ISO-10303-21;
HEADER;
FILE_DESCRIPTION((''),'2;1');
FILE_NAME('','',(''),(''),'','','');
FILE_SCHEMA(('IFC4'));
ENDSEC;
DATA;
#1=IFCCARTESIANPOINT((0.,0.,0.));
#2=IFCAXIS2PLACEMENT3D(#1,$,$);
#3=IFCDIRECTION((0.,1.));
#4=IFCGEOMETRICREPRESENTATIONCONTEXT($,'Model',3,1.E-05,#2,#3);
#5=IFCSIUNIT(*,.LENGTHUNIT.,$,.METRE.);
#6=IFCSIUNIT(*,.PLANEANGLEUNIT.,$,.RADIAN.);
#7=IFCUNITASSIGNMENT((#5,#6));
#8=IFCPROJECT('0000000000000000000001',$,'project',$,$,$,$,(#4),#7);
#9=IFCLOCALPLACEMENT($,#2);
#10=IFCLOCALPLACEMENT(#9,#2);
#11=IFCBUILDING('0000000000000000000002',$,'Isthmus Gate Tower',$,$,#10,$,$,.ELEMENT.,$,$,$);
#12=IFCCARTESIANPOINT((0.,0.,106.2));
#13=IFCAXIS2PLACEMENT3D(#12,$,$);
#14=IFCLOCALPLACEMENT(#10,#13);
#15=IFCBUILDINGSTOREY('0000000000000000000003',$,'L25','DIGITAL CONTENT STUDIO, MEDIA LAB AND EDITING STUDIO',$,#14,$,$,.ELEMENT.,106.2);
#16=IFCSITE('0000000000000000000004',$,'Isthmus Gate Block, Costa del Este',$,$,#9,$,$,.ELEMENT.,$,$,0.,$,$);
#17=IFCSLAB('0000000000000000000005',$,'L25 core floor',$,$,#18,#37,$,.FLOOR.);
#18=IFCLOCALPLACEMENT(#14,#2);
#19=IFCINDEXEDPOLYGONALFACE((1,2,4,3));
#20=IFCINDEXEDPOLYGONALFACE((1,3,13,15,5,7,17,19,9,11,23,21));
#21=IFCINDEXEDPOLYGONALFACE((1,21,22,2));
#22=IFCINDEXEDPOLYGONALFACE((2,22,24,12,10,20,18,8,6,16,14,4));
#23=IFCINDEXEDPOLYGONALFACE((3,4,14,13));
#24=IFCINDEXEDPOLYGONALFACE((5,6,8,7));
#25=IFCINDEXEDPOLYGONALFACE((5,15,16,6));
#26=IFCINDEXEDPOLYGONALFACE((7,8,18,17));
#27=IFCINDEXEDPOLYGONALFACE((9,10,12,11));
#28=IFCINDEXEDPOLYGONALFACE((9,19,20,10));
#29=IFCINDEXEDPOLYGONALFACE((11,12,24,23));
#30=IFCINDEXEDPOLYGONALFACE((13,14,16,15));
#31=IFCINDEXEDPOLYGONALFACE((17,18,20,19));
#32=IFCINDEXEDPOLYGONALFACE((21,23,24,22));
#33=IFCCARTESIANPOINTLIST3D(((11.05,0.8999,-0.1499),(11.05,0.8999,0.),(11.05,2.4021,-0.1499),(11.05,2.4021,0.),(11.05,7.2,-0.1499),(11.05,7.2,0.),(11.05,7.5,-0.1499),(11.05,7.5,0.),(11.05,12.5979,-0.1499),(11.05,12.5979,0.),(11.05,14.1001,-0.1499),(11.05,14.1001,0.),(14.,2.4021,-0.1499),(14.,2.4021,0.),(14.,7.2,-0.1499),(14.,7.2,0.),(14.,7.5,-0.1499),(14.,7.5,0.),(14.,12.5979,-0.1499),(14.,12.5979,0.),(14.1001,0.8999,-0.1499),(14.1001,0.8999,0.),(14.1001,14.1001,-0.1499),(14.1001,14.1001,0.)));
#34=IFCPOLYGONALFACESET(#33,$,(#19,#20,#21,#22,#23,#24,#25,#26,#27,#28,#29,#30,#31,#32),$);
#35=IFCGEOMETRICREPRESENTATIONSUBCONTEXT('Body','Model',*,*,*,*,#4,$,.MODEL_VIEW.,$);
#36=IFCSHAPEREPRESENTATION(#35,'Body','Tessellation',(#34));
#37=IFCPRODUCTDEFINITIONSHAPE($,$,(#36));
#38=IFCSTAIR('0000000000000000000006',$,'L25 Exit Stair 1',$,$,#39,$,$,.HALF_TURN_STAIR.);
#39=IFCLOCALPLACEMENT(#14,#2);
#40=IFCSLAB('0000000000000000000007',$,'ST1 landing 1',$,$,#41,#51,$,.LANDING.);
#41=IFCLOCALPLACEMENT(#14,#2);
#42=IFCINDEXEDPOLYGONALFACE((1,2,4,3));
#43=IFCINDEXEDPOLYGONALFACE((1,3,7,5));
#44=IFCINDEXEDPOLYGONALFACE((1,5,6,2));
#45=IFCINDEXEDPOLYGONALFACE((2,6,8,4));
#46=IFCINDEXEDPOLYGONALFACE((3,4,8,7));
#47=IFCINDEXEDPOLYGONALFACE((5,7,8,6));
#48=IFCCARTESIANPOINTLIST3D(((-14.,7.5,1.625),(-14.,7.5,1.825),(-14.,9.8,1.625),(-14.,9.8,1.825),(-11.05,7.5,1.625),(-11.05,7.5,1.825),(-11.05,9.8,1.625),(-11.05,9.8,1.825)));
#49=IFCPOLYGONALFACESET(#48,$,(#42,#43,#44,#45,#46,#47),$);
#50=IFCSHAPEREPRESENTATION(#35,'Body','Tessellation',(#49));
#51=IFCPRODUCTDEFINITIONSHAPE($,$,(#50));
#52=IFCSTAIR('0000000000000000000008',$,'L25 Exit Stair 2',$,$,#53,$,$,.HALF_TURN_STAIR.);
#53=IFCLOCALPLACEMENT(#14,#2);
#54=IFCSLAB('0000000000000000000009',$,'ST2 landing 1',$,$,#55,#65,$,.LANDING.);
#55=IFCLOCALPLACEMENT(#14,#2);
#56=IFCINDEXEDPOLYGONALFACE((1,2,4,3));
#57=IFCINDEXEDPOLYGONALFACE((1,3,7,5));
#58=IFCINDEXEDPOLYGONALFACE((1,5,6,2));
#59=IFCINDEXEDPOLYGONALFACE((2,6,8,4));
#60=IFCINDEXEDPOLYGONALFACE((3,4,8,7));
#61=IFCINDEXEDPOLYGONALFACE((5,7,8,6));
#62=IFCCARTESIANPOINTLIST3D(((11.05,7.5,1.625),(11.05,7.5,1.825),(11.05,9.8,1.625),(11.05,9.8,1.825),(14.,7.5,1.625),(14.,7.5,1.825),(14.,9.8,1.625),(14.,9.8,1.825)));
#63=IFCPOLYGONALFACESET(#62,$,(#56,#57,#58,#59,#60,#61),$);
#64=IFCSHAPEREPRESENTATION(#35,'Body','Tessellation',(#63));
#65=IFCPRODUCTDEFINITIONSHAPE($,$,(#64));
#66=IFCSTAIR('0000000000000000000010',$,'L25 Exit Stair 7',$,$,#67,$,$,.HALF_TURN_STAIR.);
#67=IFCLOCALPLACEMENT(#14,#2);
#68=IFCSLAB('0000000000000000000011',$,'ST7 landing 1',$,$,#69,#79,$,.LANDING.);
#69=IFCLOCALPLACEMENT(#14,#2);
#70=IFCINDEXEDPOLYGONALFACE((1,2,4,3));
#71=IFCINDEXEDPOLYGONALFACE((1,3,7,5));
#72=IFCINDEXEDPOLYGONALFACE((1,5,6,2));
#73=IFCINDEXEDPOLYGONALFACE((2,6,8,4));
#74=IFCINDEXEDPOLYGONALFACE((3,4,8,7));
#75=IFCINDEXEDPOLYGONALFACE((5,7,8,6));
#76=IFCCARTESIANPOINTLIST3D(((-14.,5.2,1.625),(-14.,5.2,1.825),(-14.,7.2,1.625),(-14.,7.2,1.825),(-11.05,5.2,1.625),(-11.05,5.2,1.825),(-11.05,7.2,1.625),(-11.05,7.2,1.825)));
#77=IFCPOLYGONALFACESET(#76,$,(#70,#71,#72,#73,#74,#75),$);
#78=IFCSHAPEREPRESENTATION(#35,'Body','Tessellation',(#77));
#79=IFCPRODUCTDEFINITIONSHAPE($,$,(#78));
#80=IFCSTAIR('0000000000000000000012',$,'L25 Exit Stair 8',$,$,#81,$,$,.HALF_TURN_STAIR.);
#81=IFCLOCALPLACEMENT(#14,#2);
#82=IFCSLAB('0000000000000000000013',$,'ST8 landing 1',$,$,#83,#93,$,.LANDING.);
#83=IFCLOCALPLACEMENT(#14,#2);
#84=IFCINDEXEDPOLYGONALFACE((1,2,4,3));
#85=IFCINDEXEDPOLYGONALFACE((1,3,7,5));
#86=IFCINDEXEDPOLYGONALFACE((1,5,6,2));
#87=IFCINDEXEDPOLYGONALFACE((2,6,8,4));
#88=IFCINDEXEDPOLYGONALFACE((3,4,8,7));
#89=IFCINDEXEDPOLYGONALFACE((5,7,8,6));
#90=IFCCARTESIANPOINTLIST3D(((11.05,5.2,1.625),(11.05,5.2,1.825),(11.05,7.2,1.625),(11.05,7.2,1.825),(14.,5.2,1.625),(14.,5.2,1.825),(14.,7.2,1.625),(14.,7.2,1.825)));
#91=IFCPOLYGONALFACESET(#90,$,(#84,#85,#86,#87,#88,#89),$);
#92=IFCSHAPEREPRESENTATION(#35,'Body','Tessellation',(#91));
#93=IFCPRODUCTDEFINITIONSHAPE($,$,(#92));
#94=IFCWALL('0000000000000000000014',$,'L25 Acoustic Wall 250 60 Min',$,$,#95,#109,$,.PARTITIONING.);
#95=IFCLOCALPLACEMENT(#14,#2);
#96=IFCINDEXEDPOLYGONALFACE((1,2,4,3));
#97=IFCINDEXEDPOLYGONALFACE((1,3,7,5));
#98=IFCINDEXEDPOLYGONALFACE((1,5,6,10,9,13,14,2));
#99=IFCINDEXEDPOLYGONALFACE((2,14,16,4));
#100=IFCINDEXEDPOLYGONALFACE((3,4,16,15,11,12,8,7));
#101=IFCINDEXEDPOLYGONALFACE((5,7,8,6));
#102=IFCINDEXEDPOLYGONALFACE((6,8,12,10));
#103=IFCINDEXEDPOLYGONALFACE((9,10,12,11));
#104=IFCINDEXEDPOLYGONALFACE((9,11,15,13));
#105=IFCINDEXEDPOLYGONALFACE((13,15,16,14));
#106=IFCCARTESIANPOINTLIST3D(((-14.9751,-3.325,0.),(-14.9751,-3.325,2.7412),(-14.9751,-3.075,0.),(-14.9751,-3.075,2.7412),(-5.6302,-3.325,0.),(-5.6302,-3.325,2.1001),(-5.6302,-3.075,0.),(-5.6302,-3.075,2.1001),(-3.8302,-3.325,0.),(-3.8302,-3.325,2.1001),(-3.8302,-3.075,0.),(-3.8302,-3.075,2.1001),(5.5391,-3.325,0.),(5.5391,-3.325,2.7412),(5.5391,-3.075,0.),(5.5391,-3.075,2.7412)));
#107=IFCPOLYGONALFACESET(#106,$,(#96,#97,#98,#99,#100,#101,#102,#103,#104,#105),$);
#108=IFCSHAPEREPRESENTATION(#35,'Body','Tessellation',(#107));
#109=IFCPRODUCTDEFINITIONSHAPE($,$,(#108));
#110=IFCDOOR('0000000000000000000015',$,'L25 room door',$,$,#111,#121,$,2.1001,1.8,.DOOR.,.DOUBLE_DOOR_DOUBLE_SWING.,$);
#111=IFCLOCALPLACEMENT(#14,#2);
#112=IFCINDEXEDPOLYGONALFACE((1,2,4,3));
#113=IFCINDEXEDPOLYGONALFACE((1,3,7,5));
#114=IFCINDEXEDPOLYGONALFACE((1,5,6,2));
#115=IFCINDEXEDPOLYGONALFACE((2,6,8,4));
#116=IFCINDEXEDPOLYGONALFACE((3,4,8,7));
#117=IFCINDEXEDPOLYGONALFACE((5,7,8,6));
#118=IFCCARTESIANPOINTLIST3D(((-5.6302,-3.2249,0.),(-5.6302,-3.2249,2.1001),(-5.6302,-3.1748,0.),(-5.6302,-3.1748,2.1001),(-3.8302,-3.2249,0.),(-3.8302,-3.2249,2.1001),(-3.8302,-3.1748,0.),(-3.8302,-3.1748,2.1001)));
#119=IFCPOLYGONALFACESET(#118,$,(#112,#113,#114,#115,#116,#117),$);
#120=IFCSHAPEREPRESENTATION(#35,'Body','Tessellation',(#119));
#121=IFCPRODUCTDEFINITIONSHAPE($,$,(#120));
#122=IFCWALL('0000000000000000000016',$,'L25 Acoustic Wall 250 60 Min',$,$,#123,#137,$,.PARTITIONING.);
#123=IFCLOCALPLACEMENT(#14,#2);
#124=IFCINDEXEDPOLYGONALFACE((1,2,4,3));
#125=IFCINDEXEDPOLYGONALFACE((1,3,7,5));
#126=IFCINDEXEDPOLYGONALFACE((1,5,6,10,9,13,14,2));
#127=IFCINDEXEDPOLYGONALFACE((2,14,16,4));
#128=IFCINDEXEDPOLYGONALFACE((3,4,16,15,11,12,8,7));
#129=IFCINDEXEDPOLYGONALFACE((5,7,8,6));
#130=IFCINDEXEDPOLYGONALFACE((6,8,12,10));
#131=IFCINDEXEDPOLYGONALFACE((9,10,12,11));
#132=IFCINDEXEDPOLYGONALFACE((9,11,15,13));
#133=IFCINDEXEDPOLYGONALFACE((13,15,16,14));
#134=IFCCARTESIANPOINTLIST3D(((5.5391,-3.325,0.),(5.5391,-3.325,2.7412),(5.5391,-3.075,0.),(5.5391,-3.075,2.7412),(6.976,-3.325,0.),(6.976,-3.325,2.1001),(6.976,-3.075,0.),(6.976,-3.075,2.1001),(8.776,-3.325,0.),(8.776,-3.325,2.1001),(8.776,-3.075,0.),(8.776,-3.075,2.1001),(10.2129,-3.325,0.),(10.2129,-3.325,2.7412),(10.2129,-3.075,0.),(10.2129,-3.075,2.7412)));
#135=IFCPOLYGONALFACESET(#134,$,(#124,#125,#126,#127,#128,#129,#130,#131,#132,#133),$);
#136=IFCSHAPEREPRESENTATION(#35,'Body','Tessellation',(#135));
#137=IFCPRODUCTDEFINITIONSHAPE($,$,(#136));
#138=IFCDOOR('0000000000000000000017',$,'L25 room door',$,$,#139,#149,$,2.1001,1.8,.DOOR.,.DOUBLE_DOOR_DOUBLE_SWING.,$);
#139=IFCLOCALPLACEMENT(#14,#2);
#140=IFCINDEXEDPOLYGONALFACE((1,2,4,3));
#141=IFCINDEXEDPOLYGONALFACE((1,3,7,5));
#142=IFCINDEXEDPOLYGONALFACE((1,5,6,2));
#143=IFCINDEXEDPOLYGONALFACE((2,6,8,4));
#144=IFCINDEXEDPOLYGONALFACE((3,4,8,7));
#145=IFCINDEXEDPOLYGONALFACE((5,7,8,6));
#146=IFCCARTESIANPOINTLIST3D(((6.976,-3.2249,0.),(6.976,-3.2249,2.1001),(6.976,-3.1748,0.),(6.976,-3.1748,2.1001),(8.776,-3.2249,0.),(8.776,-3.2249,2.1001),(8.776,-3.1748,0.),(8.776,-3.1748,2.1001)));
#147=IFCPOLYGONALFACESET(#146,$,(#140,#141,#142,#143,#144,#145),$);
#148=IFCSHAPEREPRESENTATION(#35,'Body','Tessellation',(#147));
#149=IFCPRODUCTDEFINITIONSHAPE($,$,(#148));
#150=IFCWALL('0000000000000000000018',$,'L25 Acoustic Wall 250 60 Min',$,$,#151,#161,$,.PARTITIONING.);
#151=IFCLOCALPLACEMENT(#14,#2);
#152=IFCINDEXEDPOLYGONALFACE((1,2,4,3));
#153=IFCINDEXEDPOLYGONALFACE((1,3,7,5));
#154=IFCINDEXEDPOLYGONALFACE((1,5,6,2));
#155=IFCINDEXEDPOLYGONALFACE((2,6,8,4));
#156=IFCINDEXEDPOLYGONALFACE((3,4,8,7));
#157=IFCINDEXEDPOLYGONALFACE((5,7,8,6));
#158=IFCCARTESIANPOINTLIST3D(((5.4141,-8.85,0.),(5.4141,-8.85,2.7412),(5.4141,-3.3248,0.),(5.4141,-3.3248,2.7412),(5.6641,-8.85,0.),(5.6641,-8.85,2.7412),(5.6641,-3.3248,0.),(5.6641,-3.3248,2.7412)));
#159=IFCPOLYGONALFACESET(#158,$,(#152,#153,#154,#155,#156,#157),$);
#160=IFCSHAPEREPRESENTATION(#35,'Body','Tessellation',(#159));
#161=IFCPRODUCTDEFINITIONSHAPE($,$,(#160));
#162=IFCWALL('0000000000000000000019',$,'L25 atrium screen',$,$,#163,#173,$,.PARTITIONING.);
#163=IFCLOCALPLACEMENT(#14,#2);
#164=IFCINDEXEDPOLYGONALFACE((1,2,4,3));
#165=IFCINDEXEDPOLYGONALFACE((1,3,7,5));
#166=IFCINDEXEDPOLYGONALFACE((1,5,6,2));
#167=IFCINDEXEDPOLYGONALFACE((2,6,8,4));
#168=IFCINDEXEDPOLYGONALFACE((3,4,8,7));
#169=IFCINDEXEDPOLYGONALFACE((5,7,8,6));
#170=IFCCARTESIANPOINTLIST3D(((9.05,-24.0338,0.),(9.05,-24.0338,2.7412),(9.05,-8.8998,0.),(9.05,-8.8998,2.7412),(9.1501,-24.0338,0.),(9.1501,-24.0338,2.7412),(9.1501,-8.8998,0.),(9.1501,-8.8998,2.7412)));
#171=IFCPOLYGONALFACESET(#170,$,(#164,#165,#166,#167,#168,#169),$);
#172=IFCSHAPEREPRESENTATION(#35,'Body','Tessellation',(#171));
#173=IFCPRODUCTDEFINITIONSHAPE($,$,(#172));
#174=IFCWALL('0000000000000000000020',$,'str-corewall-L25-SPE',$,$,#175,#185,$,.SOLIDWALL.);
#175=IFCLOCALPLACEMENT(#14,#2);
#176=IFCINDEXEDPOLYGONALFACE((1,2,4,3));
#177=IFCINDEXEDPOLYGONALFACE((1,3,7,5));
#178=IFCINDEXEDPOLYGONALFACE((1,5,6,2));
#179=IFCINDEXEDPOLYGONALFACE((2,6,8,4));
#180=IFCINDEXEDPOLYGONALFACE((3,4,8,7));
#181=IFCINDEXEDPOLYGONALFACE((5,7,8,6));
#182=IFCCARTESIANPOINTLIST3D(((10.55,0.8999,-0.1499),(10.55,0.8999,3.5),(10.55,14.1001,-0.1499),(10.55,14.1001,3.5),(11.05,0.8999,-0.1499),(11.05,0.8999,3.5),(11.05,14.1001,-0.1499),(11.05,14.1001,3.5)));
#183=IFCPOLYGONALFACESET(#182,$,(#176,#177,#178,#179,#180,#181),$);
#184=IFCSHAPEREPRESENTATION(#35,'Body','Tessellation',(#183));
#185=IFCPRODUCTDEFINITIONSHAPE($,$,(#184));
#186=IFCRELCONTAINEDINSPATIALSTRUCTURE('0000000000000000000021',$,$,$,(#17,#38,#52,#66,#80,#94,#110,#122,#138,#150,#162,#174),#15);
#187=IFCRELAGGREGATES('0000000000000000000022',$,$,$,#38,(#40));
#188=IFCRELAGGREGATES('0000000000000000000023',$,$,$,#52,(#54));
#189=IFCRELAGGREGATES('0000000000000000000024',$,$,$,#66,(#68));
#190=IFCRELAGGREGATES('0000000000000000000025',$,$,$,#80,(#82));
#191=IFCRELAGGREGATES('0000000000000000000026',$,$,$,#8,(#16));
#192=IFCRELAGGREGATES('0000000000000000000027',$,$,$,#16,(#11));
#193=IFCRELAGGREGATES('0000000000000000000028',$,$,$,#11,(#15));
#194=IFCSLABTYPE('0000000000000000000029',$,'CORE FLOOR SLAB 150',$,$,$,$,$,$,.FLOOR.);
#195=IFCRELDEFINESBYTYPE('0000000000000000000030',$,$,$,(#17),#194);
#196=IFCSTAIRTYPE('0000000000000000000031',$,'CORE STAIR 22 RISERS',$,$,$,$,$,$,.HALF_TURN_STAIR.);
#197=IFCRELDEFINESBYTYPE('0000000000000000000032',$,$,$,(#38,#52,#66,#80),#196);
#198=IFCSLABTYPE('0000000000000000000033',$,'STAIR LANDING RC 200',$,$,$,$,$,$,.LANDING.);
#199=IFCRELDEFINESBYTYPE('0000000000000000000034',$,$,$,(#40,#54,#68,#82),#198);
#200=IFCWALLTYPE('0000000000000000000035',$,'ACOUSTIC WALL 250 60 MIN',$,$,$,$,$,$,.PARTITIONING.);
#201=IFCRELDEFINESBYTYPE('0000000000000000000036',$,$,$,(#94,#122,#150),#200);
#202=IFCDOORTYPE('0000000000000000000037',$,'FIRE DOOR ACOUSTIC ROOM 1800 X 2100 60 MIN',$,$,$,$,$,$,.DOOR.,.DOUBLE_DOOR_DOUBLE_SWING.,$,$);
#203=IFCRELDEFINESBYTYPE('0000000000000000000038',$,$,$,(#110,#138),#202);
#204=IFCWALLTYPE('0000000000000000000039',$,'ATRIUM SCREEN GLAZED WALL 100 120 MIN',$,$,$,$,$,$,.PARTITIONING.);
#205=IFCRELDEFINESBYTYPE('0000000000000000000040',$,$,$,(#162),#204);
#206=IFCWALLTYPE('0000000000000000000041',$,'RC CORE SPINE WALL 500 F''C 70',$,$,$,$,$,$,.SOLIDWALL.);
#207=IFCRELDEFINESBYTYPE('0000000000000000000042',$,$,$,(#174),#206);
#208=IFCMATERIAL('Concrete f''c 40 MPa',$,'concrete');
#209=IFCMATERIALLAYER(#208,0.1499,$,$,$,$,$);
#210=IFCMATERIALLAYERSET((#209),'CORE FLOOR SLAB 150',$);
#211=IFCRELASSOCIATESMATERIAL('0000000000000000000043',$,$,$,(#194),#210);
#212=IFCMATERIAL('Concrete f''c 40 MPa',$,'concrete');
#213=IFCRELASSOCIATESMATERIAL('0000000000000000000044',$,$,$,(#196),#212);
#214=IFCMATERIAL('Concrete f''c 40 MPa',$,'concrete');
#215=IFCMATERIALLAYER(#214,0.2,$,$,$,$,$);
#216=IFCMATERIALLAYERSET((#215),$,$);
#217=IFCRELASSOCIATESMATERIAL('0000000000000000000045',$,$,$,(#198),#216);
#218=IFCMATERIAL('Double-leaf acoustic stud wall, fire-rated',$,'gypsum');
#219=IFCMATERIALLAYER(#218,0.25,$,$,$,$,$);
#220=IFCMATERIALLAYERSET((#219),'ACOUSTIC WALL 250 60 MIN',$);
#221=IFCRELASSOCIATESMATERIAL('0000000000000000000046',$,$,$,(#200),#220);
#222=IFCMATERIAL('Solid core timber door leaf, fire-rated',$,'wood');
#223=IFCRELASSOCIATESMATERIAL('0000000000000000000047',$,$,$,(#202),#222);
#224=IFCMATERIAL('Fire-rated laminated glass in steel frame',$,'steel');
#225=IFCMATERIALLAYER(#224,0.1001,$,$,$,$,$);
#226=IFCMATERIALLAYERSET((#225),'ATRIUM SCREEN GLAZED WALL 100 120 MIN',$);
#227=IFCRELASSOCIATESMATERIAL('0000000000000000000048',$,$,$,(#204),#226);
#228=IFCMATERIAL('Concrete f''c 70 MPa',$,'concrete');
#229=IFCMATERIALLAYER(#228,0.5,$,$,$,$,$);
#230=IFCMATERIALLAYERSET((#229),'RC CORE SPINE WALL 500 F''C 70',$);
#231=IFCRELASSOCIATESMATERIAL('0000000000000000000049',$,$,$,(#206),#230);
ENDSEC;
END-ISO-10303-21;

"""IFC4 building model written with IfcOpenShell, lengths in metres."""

from ifc_helpers import new_model, si_unit, direction, frame, frame_2d, origin, place, context, subcontext, project, spatial, polyline, rectangle, outline, extrude, material, layer, layer_set, type_object, element, fill, aggregate, save


model = new_model("IFC4")

# Units and contexts
model_context = context("Model", 3, precision=1e-05, world=origin(), true_north=direction((0.0, 1.0)))
body_context = subcontext(model_context, "Body", "Model", "MODEL_VIEW")
ifc_project = project(units=[si_unit("LENGTHUNIT", "METRE"), si_unit("PLANEANGLEUNIT", "RADIAN")], contexts=[model_context])

# Site, building, storey
site_placement = place(None, origin())
site = spatial("IfcSite", under=ifc_project, at=site_placement, Name="Isthmus Gate Block, Costa del Este", CompositionType="ELEMENT", RefElevation=0.0)
building_placement = place(site_placement, origin())
building = spatial("IfcBuilding", under=site, at=building_placement, Name="Isthmus Gate Tower", CompositionType="ELEMENT")
storey_placement = place(building_placement, frame((0.0, 0.0, 106.2)))
storey = spatial("IfcBuildingStorey", under=building, at=storey_placement, Name="L25", Description="DIGITAL CONTENT STUDIO, MEDIA LAB AND EDITING STUDIO", CompositionType="ELEMENT", Elevation=106.2)

# Slab
ifc_material_1 = material(Name="Concrete f'c 40 MPa", Category="concrete")
ifc_layer_1 = layer(ifc_material_1, 0.1499)
ifc_layer_set_1 = layer_set([ifc_layer_1], Name="CORE FLOOR SLAB 150")
slab_type_1 = type_object("IfcSlabType", Name="CORE FLOOR SLAB 150", PredefinedType="FLOOR", material=ifc_layer_set_1)
slab_1_placement = place(storey_placement, frame((0.0, 0.0, -0.1499)))
element("IfcSlab", 1, at=slab_1_placement, inside=storey, type_object=slab_type_1, Name="L25 core floor", PredefinedType="FLOOR", context=body_context, shape_type="SweptSolid", body=[
    extrude(outline(polyline([(11.05, 14.1001), (11.05, 12.5979), (14.0, 12.5979), (14.0, 7.5), (11.05, 7.5), (11.05, 7.2), (14.0, 7.2), (14.0, 2.4021), (11.05, 2.4021), (11.05, 0.8999), (14.1001, 0.8999), (14.1001, 14.1001), (11.05, 14.1001)])), origin(), (0.0, 0.0, 1.0), 0.1499),
])

# Stairs, slabs
ifc_material_2 = material(Name="Concrete f'c 40 MPa", Category="concrete")
stair_type = type_object("IfcStairType", Name="CORE STAIR 22 RISERS", PredefinedType="HALF_TURN_STAIR", material=ifc_material_2)
stair_1_placement = place(storey_placement, origin())
stair_1 = element("IfcStair", 2, at=stair_1_placement, inside=storey, type_object=stair_type, Name="L25 Exit Stair 1", PredefinedType="HALF_TURN_STAIR")
ifc_material_3 = material(Name="Concrete f'c 40 MPa", Category="concrete")
ifc_layer_2 = layer(ifc_material_3, 0.2)
ifc_layer_set_2 = layer_set([ifc_layer_2])
slab_type_2 = type_object("IfcSlabType", Name="STAIR LANDING RC 200", PredefinedType="LANDING", material=ifc_layer_set_2)
slab_2_placement = place(storey_placement, frame((0.0, 0.0, 1.625)))
slab_2 = element("IfcSlab", 3, at=slab_2_placement, type_object=slab_type_2, Name="ST1 landing 1", PredefinedType="LANDING", context=body_context, shape_type="SweptSolid", body=[
    extrude(outline(polyline([(-14.0, 9.8), (-14.0, 7.5), (-11.05, 7.5), (-11.05, 9.8), (-14.0, 9.8)])), origin(), (0.0, 0.0, 1.0), 0.2),
])
aggregate(stair_1, [slab_2])
stair_2_placement = place(storey_placement, origin())
stair_2 = element("IfcStair", 4, at=stair_2_placement, inside=storey, type_object=stair_type, Name="L25 Exit Stair 2", PredefinedType="HALF_TURN_STAIR")
slab_3_placement = place(storey_placement, frame((0.0, 0.0, 1.625)))
slab_3 = element("IfcSlab", 5, at=slab_3_placement, type_object=slab_type_2, Name="ST2 landing 1", PredefinedType="LANDING", context=body_context, shape_type="SweptSolid", body=[
    extrude(outline(polyline([(11.05, 9.8), (11.05, 7.5), (14.0, 7.5), (14.0, 9.8), (11.05, 9.8)])), origin(), (0.0, 0.0, 1.0), 0.2),
])
aggregate(stair_2, [slab_3])
stair_3_placement = place(storey_placement, origin())
stair_3 = element("IfcStair", 6, at=stair_3_placement, inside=storey, type_object=stair_type, Name="L25 Exit Stair 7", PredefinedType="HALF_TURN_STAIR")
slab_4_placement = place(storey_placement, frame((0.0, 0.0, 1.625)))
slab_4 = element("IfcSlab", 7, at=slab_4_placement, type_object=slab_type_2, Name="ST7 landing 1", PredefinedType="LANDING", context=body_context, shape_type="SweptSolid", body=[
    extrude(outline(polyline([(-11.05, 5.2), (-11.05, 7.2), (-14.0, 7.2), (-14.0, 5.2), (-11.05, 5.2)])), origin(), (0.0, 0.0, 1.0), 0.2),
])
aggregate(stair_3, [slab_4])
stair_4_placement = place(storey_placement, origin())
stair_4 = element("IfcStair", 8, at=stair_4_placement, inside=storey, type_object=stair_type, Name="L25 Exit Stair 8", PredefinedType="HALF_TURN_STAIR")
slab_5_placement = place(storey_placement, frame((0.0, 0.0, 1.625)))
slab_5 = element("IfcSlab", 9, at=slab_5_placement, type_object=slab_type_2, Name="ST8 landing 1", PredefinedType="LANDING", context=body_context, shape_type="SweptSolid", body=[
    extrude(outline(polyline([(14.0, 5.2), (14.0, 7.2), (11.05, 7.2), (11.05, 5.2), (14.0, 5.2)])), origin(), (0.0, 0.0, 1.0), 0.2),
])

# Walls, openings, doors
ifc_material_4 = material(Name="Double-leaf acoustic stud wall, fire-rated", Category="gypsum")
ifc_layer_3 = layer(ifc_material_4, 0.25)
ifc_layer_set_3 = layer_set([ifc_layer_3], Name="ACOUSTIC WALL 250 60 MIN")
wall_type_1 = type_object("IfcWallType", Name="ACOUSTIC WALL 250 60 MIN", PredefinedType="PARTITIONING", material=ifc_layer_set_3)
wall_1_placement = place(storey_placement, frame((5.5391, -3.2, 0.0), z_axis=(0.0, 0.0, 1.0), x_axis=(-1.0, 0.0, 0.0)))
wall_1 = element("IfcWall", 10, at=wall_1_placement, inside=storey, type_object=wall_type_1, Name="L25 Acoustic Wall 250 60 Min", PredefinedType="PARTITIONING", context=body_context, shape_type="SweptSolid", body=[
    extrude(rectangle(XDim=20.5142, YDim=0.25, at=frame_2d((10.2571, 0.0))), origin(), (0.0, 0.0, 1.0), 2.7412),
])
opening_1_placement = place(wall_1_placement, frame((9.3694, 0.0, 0.0)))
opening_1 = element("IfcOpeningElement", 11, at=opening_1_placement, cuts=wall_1, PredefinedType="OPENING", context=body_context, shape_type="SweptSolid", body=[
    extrude(rectangle(XDim=1.8, YDim=2.1001, at=frame_2d((0.8999, 1.05))), frame((0.0, 0.135, 0.0), z_axis=(0.0, -1.0, 0.0), x_axis=(1.0, 0.0, 0.0)), (0.0, 0.0, 1.0), 0.27),
])
ifc_material_5 = material(Name="Solid core timber door leaf, fire-rated", Category="wood")
door_type = type_object("IfcDoorType", Name="FIRE DOOR ACOUSTIC ROOM 1800 X 2100 60 MIN", OperationType="DOUBLE_DOOR_DOUBLE_SWING", PredefinedType="DOOR", material=ifc_material_5)
door_1_placement = place(opening_1_placement, origin())
door_1 = element("IfcDoor", 12, at=door_1_placement, inside=storey, type_object=door_type, Name="L25 room door", OperationType="DOUBLE_DOOR_DOUBLE_SWING", OverallHeight=2.1001, OverallWidth=1.8, PredefinedType="DOOR", context=body_context, shape_type="SweptSolid", body=[
    extrude(rectangle(XDim=1.8, YDim=2.1001, at=frame_2d((0.8999, 1.05))), frame((0.0, 0.0249, 0.0), z_axis=(0.0, -1.0, 0.0), x_axis=(1.0, 0.0, 0.0)), (0.0, 0.0, 1.0), 0.05),
])
fill(opening_1, door_1)
wall_2_placement = place(storey_placement, frame((10.2129, -3.2, 0.0), z_axis=(0.0, 0.0, 1.0), x_axis=(-1.0, 0.0, 0.0)))
wall_2 = element("IfcWall", 13, at=wall_2_placement, inside=storey, type_object=wall_type_1, Name="L25 Acoustic Wall 250 60 Min", PredefinedType="PARTITIONING", context=body_context, shape_type="SweptSolid", body=[
    extrude(rectangle(XDim=4.6738, YDim=0.25, at=frame_2d((2.3369, 0.0))), origin(), (0.0, 0.0, 1.0), 2.7412),
])
opening_2_placement = place(wall_2_placement, frame((1.437, 0.0, 0.0)))
opening_2 = element("IfcOpeningElement", 14, at=opening_2_placement, cuts=wall_2, PredefinedType="OPENING", context=body_context, shape_type="SweptSolid", body=[
    extrude(rectangle(XDim=1.8, YDim=2.1001, at=frame_2d((0.8999, 1.05))), frame((0.0, 0.135, 0.0), z_axis=(0.0, -1.0, 0.0), x_axis=(1.0, 0.0, 0.0)), (0.0, 0.0, 1.0), 0.27),
])
door_2_placement = place(opening_2_placement, origin())
door_2 = element("IfcDoor", 15, at=door_2_placement, inside=storey, type_object=door_type, Name="L25 room door", OperationType="DOUBLE_DOOR_DOUBLE_SWING", OverallHeight=2.1001, OverallWidth=1.8, PredefinedType="DOOR", context=body_context, shape_type="SweptSolid", body=[
    extrude(rectangle(XDim=1.8, YDim=2.1001, at=frame_2d((0.8999, 1.05))), frame((0.0, 0.0249, 0.0), z_axis=(0.0, -1.0, 0.0), x_axis=(1.0, 0.0, 0.0)), (0.0, 0.0, 1.0), 0.05),
])
fill(opening_2, door_2)

# Walls
wall_3_placement = place(storey_placement, frame((5.5391, -8.8501, 0.0), z_axis=(0.0, 0.0, 1.0), x_axis=(0.0, 1.0, 0.0)))
element("IfcWall", 16, at=wall_3_placement, inside=storey, type_object=wall_type_1, Name="L25 Acoustic Wall 250 60 Min", PredefinedType="PARTITIONING", context=body_context, shape_type="SweptSolid", body=[
    extrude(rectangle(XDim=5.5251, YDim=0.25, at=frame_2d((2.7627, 0.0))), origin(), (0.0, 0.0, 1.0), 2.7412),
])
ifc_material_6 = material(Name="Fire-rated laminated glass in steel frame", Category="steel")
ifc_layer_4 = layer(ifc_material_6, 0.1001)
ifc_layer_set_4 = layer_set([ifc_layer_4], Name="ATRIUM SCREEN GLAZED WALL 100 120 MIN")
wall_type_2 = type_object("IfcWallType", Name="ATRIUM SCREEN GLAZED WALL 100 120 MIN", PredefinedType="PARTITIONING", material=ifc_layer_set_4)
wall_4_placement = place(storey_placement, frame((9.1001, -8.8999, 0.0), z_axis=(0.0, 0.0, 1.0), x_axis=(0.0, -1.0, 0.0)))
element("IfcWall", 17, at=wall_4_placement, inside=storey, type_object=wall_type_2, Name="L25 atrium screen", PredefinedType="PARTITIONING", context=body_context, shape_type="SweptSolid", body=[
    extrude(rectangle(XDim=15.134, YDim=0.1001, at=frame_2d((7.5669, 0.0))), origin(), (0.0, 0.0, 1.0), 2.7412),
])
ifc_material_7 = material(Name="Concrete f'c 70 MPa", Category="concrete")
ifc_layer_5 = layer(ifc_material_7, 0.5)
ifc_layer_set_5 = layer_set([ifc_layer_5], Name="RC CORE SPINE WALL 500 F'C 70")
wall_type_3 = type_object("IfcWallType", Name="RC CORE SPINE WALL 500 F'C 70", PredefinedType="SOLIDWALL", material=ifc_layer_set_5)
wall_5_placement = place(storey_placement, frame((10.8, 0.8999, -0.1499), z_axis=(0.0, 0.0, 1.0), x_axis=(0.0, 1.0, 0.0)))
element("IfcWall", 18, at=wall_5_placement, inside=storey, type_object=wall_type_3, Name="str-corewall-L25-SPE", PredefinedType="SOLIDWALL", context=body_context, shape_type="SweptSolid", body=[
    extrude(rectangle(XDim=13.2002, YDim=0.5, at=frame_2d((6.6001, 0.0))), origin(), (0.0, 0.0, 1.0), 3.6499),
])

aggregate(stair_4, [slab_5])

save(model, "model.ifc")
